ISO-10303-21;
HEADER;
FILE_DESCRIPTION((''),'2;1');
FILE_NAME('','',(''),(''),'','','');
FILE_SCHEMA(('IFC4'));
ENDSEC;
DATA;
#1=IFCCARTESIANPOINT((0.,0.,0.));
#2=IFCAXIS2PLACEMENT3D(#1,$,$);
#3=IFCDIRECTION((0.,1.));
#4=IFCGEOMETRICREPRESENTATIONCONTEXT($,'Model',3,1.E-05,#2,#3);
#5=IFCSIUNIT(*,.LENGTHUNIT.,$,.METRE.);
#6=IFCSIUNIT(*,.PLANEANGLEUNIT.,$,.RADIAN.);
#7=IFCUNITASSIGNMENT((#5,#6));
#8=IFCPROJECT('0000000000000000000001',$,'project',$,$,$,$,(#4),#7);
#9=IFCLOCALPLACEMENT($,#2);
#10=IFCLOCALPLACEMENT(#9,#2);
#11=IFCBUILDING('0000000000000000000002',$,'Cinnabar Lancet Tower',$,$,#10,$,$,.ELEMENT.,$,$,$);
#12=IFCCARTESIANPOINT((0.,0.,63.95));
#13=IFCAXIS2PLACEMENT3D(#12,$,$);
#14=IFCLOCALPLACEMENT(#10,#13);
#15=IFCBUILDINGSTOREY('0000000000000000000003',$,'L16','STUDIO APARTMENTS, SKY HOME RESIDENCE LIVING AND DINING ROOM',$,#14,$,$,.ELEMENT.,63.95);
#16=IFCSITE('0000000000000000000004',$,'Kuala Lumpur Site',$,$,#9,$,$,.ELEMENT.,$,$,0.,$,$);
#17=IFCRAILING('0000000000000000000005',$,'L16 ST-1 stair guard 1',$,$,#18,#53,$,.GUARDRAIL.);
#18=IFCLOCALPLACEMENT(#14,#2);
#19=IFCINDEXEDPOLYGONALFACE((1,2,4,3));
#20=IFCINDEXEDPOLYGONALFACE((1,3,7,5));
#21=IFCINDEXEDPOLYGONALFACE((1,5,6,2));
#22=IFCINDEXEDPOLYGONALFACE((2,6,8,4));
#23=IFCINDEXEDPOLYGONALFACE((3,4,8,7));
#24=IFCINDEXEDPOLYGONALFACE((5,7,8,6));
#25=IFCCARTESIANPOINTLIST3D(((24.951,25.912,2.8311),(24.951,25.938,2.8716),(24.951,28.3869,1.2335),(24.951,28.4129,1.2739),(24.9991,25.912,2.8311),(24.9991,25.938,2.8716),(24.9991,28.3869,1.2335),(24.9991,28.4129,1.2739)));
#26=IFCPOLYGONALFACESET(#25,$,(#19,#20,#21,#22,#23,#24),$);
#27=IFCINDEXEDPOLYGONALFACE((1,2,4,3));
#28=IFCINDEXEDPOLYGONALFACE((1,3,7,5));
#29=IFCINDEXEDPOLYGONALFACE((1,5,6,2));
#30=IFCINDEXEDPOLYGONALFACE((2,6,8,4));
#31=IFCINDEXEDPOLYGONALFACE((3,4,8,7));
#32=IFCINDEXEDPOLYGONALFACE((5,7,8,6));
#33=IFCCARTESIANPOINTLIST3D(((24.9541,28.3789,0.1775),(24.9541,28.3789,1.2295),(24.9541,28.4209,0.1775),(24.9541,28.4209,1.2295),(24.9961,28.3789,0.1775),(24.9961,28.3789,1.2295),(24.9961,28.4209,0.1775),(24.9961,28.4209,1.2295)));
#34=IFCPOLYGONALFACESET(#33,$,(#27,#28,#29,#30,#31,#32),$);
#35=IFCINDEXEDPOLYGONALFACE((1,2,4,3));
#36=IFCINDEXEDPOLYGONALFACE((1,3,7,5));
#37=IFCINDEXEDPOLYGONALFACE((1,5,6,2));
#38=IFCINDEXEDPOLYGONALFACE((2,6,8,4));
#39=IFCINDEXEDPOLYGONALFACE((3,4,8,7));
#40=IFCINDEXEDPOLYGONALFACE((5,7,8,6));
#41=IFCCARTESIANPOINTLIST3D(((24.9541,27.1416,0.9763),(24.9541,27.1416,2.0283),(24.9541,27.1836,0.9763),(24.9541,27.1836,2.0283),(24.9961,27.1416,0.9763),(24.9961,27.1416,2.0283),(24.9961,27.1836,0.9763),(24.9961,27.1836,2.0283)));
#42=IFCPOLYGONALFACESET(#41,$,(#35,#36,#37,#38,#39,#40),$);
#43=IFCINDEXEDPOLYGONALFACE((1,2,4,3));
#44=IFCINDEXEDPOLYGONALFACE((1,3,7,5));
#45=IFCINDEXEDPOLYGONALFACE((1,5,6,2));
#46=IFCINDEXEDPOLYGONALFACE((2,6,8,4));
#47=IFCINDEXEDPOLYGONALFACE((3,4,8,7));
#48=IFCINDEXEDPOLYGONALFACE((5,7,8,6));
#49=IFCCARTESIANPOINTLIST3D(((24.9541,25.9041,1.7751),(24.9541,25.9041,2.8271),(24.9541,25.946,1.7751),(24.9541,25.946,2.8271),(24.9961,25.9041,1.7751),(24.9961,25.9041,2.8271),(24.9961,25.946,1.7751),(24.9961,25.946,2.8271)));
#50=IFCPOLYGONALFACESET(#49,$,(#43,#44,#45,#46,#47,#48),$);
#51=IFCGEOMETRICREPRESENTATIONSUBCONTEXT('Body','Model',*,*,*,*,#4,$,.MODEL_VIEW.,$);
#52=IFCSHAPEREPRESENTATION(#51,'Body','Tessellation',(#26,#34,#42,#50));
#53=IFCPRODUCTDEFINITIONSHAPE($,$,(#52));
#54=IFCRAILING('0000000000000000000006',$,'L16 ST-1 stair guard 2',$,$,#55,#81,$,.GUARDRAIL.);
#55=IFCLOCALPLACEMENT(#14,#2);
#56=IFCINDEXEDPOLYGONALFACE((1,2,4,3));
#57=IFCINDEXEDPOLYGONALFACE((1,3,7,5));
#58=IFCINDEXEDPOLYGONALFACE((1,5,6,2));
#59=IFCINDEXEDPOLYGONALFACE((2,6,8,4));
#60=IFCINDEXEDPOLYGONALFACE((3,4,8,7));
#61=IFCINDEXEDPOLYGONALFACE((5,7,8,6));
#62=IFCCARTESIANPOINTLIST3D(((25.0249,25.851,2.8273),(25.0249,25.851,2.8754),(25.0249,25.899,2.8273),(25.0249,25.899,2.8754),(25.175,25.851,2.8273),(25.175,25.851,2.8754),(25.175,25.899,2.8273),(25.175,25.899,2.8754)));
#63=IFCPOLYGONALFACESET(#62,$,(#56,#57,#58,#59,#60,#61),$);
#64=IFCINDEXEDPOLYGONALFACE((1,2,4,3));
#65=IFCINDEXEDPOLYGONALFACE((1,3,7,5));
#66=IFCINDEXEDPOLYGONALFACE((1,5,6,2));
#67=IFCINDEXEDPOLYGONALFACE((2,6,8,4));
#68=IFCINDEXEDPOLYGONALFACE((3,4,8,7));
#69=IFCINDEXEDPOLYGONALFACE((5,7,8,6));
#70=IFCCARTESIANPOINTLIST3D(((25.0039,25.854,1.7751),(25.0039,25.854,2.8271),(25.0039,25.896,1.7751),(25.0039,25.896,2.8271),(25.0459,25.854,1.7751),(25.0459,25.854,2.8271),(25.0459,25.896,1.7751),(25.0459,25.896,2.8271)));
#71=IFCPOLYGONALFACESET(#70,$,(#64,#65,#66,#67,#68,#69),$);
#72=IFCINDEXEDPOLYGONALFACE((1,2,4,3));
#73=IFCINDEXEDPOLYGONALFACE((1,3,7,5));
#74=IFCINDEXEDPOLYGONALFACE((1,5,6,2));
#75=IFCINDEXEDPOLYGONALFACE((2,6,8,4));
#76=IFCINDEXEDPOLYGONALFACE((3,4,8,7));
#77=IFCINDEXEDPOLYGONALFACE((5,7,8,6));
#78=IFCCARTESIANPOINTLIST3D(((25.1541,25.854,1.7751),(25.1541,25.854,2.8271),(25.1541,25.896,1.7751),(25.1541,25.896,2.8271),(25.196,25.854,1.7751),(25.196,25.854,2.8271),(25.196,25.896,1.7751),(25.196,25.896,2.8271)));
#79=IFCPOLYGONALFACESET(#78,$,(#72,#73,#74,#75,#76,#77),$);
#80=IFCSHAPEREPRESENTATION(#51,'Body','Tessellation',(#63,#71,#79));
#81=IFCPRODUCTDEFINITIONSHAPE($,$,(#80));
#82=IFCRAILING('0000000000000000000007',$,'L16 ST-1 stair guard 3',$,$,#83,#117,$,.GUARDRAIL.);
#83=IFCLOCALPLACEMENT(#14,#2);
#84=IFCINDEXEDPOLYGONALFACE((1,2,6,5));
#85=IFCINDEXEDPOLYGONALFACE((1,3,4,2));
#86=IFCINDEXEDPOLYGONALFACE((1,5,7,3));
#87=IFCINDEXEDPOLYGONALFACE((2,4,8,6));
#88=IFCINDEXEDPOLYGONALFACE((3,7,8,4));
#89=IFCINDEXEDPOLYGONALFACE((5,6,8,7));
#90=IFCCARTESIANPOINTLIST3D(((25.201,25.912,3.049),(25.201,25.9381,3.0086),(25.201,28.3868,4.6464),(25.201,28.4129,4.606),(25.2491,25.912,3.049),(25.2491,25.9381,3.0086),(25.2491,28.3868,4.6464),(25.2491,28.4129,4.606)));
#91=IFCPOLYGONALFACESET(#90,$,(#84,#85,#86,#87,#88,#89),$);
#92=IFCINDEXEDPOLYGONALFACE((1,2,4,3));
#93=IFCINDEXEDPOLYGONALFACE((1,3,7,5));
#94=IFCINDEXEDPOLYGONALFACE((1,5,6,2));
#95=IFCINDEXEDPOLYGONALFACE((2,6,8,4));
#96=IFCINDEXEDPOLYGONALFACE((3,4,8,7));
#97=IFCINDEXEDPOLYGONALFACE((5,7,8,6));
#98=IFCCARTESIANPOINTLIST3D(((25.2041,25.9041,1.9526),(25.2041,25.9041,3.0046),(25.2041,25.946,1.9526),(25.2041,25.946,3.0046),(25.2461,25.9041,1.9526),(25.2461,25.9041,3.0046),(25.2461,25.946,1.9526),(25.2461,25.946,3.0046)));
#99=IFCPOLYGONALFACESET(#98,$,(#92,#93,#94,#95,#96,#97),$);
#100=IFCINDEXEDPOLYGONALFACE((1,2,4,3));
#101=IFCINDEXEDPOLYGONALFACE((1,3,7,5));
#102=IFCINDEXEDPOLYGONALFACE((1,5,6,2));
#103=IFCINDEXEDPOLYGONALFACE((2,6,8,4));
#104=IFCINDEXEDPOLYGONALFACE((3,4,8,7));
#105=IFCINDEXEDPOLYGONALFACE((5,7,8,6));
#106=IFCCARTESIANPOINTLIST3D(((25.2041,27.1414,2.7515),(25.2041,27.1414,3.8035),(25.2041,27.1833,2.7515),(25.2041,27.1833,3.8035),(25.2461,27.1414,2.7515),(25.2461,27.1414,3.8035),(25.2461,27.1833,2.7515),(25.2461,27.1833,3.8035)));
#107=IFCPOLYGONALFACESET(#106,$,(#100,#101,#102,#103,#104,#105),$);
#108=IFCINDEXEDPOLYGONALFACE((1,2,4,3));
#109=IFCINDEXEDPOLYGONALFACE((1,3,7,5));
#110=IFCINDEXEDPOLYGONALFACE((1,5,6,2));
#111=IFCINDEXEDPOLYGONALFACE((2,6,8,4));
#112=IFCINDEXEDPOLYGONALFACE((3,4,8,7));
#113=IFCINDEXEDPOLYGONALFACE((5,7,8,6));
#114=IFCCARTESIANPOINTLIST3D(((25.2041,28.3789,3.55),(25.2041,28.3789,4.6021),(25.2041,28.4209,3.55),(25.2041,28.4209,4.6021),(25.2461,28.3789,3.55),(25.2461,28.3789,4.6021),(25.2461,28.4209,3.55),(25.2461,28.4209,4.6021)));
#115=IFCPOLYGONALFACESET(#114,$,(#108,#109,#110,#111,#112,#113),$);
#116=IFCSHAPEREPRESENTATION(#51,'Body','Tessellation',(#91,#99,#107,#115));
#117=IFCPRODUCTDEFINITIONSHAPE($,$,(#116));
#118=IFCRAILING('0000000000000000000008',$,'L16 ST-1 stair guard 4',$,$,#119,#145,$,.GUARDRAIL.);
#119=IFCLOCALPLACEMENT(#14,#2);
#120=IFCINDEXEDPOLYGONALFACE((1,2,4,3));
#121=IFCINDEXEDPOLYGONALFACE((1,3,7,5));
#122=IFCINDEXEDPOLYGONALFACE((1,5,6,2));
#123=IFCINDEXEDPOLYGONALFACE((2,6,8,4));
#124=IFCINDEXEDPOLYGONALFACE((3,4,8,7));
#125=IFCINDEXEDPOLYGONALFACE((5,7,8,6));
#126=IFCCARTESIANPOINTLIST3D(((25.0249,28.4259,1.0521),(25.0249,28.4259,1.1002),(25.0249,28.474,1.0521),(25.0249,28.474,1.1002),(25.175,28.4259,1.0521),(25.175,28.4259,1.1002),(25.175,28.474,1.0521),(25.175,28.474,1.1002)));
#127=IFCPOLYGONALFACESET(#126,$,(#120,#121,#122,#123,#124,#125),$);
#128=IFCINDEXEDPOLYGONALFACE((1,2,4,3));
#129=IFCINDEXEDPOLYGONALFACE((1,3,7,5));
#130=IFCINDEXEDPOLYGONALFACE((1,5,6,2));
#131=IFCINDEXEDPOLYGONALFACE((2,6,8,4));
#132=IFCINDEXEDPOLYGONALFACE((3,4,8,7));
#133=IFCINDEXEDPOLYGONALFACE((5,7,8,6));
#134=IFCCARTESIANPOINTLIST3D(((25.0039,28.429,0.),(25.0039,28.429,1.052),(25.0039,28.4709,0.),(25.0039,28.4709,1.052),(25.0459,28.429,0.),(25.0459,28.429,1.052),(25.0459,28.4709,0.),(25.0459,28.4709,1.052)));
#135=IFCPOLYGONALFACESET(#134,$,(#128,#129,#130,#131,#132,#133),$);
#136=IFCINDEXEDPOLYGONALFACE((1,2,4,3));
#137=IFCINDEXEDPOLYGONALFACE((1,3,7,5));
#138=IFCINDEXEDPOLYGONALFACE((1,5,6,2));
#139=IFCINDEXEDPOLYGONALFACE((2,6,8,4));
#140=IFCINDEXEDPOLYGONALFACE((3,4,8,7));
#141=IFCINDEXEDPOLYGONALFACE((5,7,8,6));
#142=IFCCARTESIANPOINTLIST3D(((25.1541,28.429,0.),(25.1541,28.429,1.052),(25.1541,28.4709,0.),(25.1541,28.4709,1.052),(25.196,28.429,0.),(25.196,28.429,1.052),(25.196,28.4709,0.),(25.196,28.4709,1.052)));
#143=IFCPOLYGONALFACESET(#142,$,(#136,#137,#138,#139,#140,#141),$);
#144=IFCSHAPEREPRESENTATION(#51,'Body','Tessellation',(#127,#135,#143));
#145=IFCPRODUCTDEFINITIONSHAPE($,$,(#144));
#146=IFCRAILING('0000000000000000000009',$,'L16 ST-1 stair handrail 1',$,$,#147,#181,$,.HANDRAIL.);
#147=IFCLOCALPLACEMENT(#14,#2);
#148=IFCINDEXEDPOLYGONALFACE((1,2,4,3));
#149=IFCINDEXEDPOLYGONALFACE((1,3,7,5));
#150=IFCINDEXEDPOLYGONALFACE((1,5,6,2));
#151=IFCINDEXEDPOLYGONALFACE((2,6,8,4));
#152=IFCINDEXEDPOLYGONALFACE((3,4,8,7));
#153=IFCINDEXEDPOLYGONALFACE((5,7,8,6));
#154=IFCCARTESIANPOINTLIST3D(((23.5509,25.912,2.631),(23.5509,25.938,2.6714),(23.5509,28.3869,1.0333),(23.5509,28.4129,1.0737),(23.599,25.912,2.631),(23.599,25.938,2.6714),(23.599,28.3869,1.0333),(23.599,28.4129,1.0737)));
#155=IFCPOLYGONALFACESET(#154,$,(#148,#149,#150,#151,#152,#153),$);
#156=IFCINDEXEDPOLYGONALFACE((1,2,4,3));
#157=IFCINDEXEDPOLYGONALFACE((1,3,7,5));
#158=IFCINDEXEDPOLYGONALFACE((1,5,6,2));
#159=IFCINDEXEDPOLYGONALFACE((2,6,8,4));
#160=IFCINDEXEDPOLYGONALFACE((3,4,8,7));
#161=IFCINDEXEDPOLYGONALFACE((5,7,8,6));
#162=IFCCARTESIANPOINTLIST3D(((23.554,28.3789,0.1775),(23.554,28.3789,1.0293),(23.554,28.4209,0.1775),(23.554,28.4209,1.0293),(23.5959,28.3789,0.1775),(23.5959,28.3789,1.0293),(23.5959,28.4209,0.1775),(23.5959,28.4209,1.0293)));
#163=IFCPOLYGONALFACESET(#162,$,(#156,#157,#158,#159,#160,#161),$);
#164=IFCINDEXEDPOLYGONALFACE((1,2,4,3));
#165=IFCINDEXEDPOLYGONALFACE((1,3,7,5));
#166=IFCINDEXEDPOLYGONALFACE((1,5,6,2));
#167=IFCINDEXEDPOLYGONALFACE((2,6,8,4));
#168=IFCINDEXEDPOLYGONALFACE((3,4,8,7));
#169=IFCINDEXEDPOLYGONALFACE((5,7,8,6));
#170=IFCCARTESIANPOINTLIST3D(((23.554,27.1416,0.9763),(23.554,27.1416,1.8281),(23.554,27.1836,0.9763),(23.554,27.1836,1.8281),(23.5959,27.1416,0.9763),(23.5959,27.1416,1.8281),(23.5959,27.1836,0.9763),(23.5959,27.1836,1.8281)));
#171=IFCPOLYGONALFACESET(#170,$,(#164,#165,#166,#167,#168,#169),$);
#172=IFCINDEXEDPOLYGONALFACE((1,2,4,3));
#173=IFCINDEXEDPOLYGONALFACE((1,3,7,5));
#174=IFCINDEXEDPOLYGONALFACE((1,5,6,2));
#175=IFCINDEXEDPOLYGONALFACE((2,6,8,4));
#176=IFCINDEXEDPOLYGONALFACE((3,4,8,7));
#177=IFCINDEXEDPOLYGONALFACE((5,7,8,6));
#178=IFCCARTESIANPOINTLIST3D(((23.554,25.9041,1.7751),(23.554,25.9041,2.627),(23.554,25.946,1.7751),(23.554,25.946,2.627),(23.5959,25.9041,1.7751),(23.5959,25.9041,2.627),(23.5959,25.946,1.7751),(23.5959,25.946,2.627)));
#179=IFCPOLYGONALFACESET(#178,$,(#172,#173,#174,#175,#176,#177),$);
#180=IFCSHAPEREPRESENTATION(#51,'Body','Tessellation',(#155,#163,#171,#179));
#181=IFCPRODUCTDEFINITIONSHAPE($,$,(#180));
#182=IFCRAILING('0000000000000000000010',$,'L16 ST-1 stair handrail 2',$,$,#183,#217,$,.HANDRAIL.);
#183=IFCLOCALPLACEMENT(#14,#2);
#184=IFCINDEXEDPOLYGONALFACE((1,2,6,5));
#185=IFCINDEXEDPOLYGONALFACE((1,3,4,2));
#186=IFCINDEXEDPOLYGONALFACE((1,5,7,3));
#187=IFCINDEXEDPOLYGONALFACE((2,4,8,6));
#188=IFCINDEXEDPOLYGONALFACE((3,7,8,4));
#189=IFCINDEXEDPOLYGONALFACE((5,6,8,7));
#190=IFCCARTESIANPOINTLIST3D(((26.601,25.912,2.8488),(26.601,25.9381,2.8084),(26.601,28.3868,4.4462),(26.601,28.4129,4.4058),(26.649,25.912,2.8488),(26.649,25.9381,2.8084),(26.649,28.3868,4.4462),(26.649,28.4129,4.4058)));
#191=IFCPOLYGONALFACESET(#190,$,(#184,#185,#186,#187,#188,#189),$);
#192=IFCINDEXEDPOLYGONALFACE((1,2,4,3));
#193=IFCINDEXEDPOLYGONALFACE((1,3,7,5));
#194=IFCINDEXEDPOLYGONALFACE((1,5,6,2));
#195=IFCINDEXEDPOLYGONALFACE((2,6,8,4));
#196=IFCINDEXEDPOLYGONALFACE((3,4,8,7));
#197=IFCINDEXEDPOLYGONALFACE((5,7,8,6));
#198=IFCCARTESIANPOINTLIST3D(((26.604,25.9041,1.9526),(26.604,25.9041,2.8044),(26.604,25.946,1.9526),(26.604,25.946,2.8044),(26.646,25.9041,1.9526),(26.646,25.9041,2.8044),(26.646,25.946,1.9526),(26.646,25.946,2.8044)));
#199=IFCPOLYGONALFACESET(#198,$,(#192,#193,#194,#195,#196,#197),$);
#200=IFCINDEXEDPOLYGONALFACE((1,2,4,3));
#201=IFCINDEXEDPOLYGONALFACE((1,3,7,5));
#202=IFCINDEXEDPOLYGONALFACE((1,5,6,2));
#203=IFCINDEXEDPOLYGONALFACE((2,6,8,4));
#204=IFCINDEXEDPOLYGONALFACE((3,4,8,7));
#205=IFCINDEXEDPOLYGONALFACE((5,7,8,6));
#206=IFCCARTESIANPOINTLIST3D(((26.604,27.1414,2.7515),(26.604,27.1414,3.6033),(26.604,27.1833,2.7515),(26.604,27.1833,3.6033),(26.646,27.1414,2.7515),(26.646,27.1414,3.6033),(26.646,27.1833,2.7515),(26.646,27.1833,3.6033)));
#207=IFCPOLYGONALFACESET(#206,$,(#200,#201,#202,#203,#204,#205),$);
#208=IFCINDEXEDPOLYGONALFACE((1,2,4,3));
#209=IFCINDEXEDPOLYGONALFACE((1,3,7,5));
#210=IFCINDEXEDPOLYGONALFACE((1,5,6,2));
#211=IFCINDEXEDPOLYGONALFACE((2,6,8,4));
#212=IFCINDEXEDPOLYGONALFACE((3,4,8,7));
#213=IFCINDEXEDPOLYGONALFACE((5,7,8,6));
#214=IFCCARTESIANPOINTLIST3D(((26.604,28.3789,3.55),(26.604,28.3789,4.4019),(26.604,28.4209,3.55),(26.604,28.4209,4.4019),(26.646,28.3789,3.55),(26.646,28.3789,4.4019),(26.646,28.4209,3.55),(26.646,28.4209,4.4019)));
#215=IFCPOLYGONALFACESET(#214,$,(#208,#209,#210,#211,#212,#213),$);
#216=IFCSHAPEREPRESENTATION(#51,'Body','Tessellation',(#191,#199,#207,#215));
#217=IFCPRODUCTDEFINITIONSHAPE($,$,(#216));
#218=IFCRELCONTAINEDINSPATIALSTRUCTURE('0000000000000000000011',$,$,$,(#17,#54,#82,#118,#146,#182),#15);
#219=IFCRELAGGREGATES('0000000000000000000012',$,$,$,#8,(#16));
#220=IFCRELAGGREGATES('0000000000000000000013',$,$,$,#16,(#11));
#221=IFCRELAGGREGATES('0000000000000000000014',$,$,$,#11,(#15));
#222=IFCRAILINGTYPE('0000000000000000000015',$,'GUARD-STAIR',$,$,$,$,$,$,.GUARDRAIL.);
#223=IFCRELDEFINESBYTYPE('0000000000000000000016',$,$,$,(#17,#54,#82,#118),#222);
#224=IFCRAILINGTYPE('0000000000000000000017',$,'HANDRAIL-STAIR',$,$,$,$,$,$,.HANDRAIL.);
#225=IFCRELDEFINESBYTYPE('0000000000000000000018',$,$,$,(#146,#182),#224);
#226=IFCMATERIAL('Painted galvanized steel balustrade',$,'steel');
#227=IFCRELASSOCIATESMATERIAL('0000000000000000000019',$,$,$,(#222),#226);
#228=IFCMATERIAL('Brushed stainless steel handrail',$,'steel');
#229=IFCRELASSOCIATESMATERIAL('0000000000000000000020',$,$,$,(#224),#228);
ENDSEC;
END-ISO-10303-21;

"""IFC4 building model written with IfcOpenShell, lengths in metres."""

from ifc_helpers import new_model, si_unit, direction, frame, origin, origin_2d, place, context, subcontext, project, spatial, rectangle, extrude, material, type_object, element, save


model = new_model("IFC4")

# Units and contexts
model_context = context("Model", 3, precision=1e-05, world=origin(), true_north=direction((0.0, 1.0)))
body_context = subcontext(model_context, "Body", "Model", "MODEL_VIEW")
ifc_project = project(units=[si_unit("LENGTHUNIT", "METRE"), si_unit("PLANEANGLEUNIT", "RADIAN")], contexts=[model_context])

# Site, building, storey
site_placement = place(None, origin())
site = spatial("IfcSite", under=ifc_project, at=site_placement, Name="Kuala Lumpur Site", CompositionType="ELEMENT", RefElevation=0.0)
building_placement = place(site_placement, origin())
building = spatial("IfcBuilding", under=site, at=building_placement, Name="Cinnabar Lancet Tower", CompositionType="ELEMENT")
storey_placement = place(building_placement, frame((0.0, 0.0, 63.95)))
storey = spatial("IfcBuildingStorey", under=building, at=storey_placement, Name="L16", Description="STUDIO APARTMENTS, SKY HOME RESIDENCE LIVING AND DINING ROOM", CompositionType="ELEMENT", Elevation=63.95)

# Railings
ifc_material_1 = material(Name="Painted galvanized steel balustrade", Category="steel")
railing_type_1 = type_object("IfcRailingType", Name="GUARD-STAIR", PredefinedType="GUARDRAIL", material=ifc_material_1)
railing_1_placement = place(storey_placement, frame((24.9751, 28.3999, 0.1775)))
element("IfcRailing", 1, at=railing_1_placement, inside=storey, type_object=railing_type_1, Name="L16 ST-1 stair guard 1", PredefinedType="GUARDRAIL", context=body_context, shape_type="SweptSolid", body=[
    extrude(rectangle(XDim=0.0481, YDim=0.0481, at=origin_2d()), frame((0.0, 0.0, 1.0762), z_axis=(0.0, -0.840146, 0.542361), x_axis=(1.0, 0.0, 0.0)), (0.0, 0.0, 1.0), 2.9458),
    extrude(rectangle(XDim=0.042, YDim=0.042, at=origin_2d()), origin(), (0.0, 0.0, 1.0), 1.052),
    extrude(rectangle(XDim=0.042, YDim=0.042, at=origin_2d()), frame((0.0, -1.2373, 0.7988)), (0.0, 0.0, 1.0), 1.052),
    extrude(rectangle(XDim=0.042, YDim=0.042, at=origin_2d()), frame((0.0, -2.4749, 1.5977)), (0.0, 0.0, 1.0), 1.052),
])
railing_2_placement = place(storey_placement, frame((25.0249, 25.875, 1.7751)))
element("IfcRailing", 2, at=railing_2_placement, inside=storey, type_object=railing_type_1, Name="L16 ST-1 stair guard 2", PredefinedType="GUARDRAIL", context=body_context, shape_type="SweptSolid", body=[
    extrude(rectangle(XDim=0.0481, YDim=0.0481, at=origin_2d()), frame((0.0, 0.0, 1.0762), z_axis=(1.0, 0.0, 0.0), x_axis=(0.0, 1.0, 0.0)), (0.0, 0.0, 1.0), 0.1501),
    extrude(rectangle(XDim=0.042, YDim=0.042, at=origin_2d()), origin(), (0.0, 0.0, 1.0), 1.052),
    extrude(rectangle(XDim=0.042, YDim=0.042, at=origin_2d()), frame((0.1501, 0.0, 0.0)), (0.0, 0.0, 1.0), 1.052),
])
railing_3_placement = place(storey_placement, frame((25.2251, 25.925, 1.9526)))
element("IfcRailing", 3, at=railing_3_placement, inside=storey, type_object=railing_type_1, Name="L16 ST-1 stair guard 3", PredefinedType="GUARDRAIL", context=body_context, shape_type="SweptSolid", body=[
    extrude(rectangle(XDim=0.0481, YDim=0.0481, at=origin_2d()), frame((0.0, 0.0, 1.0762), z_axis=(0.0, 0.840183, 0.542302), x_axis=(-1.0, 0.0, 0.0)), (0.0, 0.0, 1.0), 2.9456),
    extrude(rectangle(XDim=0.042, YDim=0.042, at=origin_2d()), origin(), (0.0, 0.0, 1.0), 1.052),
    extrude(rectangle(XDim=0.042, YDim=0.042, at=origin_2d()), frame((0.0, 1.2373, 0.7988)), (0.0, 0.0, 1.0), 1.052),
    extrude(rectangle(XDim=0.042, YDim=0.042, at=origin_2d()), frame((0.0, 2.4749, 1.5974)), (0.0, 0.0, 1.0), 1.052),
])
railing_4_placement = place(storey_placement, frame((25.0249, 28.45, 0.0)))
element("IfcRailing", 4, at=railing_4_placement, inside=storey, type_object=railing_type_1, Name="L16 ST-1 stair guard 4", PredefinedType="GUARDRAIL", context=body_context, shape_type="SweptSolid", body=[
    extrude(rectangle(XDim=0.0481, YDim=0.0481, at=origin_2d()), frame((0.0, 0.0, 1.0762), z_axis=(1.0, 0.0, 0.0), x_axis=(0.0, 1.0, 0.0)), (0.0, 0.0, 1.0), 0.1501),
    extrude(rectangle(XDim=0.042, YDim=0.042, at=origin_2d()), origin(), (0.0, 0.0, 1.0), 1.052),
    extrude(rectangle(XDim=0.042, YDim=0.042, at=origin_2d()), frame((0.1501, 0.0, 0.0)), (0.0, 0.0, 1.0), 1.052),
])
ifc_material_2 = material(Name="Brushed stainless steel handrail", Category="steel")
railing_type_2 = type_object("IfcRailingType", Name="HANDRAIL-STAIR", PredefinedType="HANDRAIL", material=ifc_material_2)
railing_5_placement = place(storey_placement, frame((23.575, 28.3999, 0.1775)))
element("IfcRailing", 5, at=railing_5_placement, inside=storey, type_object=railing_type_2, Name="L16 ST-1 stair handrail 1", PredefinedType="HANDRAIL", context=body_context, shape_type="SweptSolid", body=[
    extrude(rectangle(XDim=0.0481, YDim=0.0481, at=origin_2d()), frame((0.0, 0.0, 0.876), z_axis=(0.0, -0.840146, 0.542361), x_axis=(1.0, 0.0, 0.0)), (0.0, 0.0, 1.0), 2.9458),
    extrude(rectangle(XDim=0.042, YDim=0.042, at=origin_2d()), origin(), (0.0, 0.0, 1.0), 0.8518),
    extrude(rectangle(XDim=0.042, YDim=0.042, at=origin_2d()), frame((0.0, -1.2373, 0.7988)), (0.0, 0.0, 1.0), 0.8518),
    extrude(rectangle(XDim=0.042, YDim=0.042, at=origin_2d()), frame((0.0, -2.4749, 1.5977)), (0.0, 0.0, 1.0), 0.8518),
])
railing_6_placement = place(storey_placement, frame((26.625, 25.925, 1.9526)))
element("IfcRailing", 6, at=railing_6_placement, inside=storey, type_object=railing_type_2, Name="L16 ST-1 stair handrail 2", PredefinedType="HANDRAIL", context=body_context, shape_type="SweptSolid", body=[
    extrude(rectangle(XDim=0.0481, YDim=0.0481, at=origin_2d()), frame((0.0, 0.0, 0.876), z_axis=(0.0, 0.840183, 0.542302), x_axis=(-1.0, 0.0, 0.0)), (0.0, 0.0, 1.0), 2.9456),
    extrude(rectangle(XDim=0.042, YDim=0.042, at=origin_2d()), origin(), (0.0, 0.0, 1.0), 0.8518),
    extrude(rectangle(XDim=0.042, YDim=0.042, at=origin_2d()), frame((0.0, 1.2373, 0.7988)), (0.0, 0.0, 1.0), 0.8518),
    extrude(rectangle(XDim=0.042, YDim=0.042, at=origin_2d()), frame((0.0, 2.4749, 1.5974)), (0.0, 0.0, 1.0), 0.8518),
])

save(model, "model.ifc")
